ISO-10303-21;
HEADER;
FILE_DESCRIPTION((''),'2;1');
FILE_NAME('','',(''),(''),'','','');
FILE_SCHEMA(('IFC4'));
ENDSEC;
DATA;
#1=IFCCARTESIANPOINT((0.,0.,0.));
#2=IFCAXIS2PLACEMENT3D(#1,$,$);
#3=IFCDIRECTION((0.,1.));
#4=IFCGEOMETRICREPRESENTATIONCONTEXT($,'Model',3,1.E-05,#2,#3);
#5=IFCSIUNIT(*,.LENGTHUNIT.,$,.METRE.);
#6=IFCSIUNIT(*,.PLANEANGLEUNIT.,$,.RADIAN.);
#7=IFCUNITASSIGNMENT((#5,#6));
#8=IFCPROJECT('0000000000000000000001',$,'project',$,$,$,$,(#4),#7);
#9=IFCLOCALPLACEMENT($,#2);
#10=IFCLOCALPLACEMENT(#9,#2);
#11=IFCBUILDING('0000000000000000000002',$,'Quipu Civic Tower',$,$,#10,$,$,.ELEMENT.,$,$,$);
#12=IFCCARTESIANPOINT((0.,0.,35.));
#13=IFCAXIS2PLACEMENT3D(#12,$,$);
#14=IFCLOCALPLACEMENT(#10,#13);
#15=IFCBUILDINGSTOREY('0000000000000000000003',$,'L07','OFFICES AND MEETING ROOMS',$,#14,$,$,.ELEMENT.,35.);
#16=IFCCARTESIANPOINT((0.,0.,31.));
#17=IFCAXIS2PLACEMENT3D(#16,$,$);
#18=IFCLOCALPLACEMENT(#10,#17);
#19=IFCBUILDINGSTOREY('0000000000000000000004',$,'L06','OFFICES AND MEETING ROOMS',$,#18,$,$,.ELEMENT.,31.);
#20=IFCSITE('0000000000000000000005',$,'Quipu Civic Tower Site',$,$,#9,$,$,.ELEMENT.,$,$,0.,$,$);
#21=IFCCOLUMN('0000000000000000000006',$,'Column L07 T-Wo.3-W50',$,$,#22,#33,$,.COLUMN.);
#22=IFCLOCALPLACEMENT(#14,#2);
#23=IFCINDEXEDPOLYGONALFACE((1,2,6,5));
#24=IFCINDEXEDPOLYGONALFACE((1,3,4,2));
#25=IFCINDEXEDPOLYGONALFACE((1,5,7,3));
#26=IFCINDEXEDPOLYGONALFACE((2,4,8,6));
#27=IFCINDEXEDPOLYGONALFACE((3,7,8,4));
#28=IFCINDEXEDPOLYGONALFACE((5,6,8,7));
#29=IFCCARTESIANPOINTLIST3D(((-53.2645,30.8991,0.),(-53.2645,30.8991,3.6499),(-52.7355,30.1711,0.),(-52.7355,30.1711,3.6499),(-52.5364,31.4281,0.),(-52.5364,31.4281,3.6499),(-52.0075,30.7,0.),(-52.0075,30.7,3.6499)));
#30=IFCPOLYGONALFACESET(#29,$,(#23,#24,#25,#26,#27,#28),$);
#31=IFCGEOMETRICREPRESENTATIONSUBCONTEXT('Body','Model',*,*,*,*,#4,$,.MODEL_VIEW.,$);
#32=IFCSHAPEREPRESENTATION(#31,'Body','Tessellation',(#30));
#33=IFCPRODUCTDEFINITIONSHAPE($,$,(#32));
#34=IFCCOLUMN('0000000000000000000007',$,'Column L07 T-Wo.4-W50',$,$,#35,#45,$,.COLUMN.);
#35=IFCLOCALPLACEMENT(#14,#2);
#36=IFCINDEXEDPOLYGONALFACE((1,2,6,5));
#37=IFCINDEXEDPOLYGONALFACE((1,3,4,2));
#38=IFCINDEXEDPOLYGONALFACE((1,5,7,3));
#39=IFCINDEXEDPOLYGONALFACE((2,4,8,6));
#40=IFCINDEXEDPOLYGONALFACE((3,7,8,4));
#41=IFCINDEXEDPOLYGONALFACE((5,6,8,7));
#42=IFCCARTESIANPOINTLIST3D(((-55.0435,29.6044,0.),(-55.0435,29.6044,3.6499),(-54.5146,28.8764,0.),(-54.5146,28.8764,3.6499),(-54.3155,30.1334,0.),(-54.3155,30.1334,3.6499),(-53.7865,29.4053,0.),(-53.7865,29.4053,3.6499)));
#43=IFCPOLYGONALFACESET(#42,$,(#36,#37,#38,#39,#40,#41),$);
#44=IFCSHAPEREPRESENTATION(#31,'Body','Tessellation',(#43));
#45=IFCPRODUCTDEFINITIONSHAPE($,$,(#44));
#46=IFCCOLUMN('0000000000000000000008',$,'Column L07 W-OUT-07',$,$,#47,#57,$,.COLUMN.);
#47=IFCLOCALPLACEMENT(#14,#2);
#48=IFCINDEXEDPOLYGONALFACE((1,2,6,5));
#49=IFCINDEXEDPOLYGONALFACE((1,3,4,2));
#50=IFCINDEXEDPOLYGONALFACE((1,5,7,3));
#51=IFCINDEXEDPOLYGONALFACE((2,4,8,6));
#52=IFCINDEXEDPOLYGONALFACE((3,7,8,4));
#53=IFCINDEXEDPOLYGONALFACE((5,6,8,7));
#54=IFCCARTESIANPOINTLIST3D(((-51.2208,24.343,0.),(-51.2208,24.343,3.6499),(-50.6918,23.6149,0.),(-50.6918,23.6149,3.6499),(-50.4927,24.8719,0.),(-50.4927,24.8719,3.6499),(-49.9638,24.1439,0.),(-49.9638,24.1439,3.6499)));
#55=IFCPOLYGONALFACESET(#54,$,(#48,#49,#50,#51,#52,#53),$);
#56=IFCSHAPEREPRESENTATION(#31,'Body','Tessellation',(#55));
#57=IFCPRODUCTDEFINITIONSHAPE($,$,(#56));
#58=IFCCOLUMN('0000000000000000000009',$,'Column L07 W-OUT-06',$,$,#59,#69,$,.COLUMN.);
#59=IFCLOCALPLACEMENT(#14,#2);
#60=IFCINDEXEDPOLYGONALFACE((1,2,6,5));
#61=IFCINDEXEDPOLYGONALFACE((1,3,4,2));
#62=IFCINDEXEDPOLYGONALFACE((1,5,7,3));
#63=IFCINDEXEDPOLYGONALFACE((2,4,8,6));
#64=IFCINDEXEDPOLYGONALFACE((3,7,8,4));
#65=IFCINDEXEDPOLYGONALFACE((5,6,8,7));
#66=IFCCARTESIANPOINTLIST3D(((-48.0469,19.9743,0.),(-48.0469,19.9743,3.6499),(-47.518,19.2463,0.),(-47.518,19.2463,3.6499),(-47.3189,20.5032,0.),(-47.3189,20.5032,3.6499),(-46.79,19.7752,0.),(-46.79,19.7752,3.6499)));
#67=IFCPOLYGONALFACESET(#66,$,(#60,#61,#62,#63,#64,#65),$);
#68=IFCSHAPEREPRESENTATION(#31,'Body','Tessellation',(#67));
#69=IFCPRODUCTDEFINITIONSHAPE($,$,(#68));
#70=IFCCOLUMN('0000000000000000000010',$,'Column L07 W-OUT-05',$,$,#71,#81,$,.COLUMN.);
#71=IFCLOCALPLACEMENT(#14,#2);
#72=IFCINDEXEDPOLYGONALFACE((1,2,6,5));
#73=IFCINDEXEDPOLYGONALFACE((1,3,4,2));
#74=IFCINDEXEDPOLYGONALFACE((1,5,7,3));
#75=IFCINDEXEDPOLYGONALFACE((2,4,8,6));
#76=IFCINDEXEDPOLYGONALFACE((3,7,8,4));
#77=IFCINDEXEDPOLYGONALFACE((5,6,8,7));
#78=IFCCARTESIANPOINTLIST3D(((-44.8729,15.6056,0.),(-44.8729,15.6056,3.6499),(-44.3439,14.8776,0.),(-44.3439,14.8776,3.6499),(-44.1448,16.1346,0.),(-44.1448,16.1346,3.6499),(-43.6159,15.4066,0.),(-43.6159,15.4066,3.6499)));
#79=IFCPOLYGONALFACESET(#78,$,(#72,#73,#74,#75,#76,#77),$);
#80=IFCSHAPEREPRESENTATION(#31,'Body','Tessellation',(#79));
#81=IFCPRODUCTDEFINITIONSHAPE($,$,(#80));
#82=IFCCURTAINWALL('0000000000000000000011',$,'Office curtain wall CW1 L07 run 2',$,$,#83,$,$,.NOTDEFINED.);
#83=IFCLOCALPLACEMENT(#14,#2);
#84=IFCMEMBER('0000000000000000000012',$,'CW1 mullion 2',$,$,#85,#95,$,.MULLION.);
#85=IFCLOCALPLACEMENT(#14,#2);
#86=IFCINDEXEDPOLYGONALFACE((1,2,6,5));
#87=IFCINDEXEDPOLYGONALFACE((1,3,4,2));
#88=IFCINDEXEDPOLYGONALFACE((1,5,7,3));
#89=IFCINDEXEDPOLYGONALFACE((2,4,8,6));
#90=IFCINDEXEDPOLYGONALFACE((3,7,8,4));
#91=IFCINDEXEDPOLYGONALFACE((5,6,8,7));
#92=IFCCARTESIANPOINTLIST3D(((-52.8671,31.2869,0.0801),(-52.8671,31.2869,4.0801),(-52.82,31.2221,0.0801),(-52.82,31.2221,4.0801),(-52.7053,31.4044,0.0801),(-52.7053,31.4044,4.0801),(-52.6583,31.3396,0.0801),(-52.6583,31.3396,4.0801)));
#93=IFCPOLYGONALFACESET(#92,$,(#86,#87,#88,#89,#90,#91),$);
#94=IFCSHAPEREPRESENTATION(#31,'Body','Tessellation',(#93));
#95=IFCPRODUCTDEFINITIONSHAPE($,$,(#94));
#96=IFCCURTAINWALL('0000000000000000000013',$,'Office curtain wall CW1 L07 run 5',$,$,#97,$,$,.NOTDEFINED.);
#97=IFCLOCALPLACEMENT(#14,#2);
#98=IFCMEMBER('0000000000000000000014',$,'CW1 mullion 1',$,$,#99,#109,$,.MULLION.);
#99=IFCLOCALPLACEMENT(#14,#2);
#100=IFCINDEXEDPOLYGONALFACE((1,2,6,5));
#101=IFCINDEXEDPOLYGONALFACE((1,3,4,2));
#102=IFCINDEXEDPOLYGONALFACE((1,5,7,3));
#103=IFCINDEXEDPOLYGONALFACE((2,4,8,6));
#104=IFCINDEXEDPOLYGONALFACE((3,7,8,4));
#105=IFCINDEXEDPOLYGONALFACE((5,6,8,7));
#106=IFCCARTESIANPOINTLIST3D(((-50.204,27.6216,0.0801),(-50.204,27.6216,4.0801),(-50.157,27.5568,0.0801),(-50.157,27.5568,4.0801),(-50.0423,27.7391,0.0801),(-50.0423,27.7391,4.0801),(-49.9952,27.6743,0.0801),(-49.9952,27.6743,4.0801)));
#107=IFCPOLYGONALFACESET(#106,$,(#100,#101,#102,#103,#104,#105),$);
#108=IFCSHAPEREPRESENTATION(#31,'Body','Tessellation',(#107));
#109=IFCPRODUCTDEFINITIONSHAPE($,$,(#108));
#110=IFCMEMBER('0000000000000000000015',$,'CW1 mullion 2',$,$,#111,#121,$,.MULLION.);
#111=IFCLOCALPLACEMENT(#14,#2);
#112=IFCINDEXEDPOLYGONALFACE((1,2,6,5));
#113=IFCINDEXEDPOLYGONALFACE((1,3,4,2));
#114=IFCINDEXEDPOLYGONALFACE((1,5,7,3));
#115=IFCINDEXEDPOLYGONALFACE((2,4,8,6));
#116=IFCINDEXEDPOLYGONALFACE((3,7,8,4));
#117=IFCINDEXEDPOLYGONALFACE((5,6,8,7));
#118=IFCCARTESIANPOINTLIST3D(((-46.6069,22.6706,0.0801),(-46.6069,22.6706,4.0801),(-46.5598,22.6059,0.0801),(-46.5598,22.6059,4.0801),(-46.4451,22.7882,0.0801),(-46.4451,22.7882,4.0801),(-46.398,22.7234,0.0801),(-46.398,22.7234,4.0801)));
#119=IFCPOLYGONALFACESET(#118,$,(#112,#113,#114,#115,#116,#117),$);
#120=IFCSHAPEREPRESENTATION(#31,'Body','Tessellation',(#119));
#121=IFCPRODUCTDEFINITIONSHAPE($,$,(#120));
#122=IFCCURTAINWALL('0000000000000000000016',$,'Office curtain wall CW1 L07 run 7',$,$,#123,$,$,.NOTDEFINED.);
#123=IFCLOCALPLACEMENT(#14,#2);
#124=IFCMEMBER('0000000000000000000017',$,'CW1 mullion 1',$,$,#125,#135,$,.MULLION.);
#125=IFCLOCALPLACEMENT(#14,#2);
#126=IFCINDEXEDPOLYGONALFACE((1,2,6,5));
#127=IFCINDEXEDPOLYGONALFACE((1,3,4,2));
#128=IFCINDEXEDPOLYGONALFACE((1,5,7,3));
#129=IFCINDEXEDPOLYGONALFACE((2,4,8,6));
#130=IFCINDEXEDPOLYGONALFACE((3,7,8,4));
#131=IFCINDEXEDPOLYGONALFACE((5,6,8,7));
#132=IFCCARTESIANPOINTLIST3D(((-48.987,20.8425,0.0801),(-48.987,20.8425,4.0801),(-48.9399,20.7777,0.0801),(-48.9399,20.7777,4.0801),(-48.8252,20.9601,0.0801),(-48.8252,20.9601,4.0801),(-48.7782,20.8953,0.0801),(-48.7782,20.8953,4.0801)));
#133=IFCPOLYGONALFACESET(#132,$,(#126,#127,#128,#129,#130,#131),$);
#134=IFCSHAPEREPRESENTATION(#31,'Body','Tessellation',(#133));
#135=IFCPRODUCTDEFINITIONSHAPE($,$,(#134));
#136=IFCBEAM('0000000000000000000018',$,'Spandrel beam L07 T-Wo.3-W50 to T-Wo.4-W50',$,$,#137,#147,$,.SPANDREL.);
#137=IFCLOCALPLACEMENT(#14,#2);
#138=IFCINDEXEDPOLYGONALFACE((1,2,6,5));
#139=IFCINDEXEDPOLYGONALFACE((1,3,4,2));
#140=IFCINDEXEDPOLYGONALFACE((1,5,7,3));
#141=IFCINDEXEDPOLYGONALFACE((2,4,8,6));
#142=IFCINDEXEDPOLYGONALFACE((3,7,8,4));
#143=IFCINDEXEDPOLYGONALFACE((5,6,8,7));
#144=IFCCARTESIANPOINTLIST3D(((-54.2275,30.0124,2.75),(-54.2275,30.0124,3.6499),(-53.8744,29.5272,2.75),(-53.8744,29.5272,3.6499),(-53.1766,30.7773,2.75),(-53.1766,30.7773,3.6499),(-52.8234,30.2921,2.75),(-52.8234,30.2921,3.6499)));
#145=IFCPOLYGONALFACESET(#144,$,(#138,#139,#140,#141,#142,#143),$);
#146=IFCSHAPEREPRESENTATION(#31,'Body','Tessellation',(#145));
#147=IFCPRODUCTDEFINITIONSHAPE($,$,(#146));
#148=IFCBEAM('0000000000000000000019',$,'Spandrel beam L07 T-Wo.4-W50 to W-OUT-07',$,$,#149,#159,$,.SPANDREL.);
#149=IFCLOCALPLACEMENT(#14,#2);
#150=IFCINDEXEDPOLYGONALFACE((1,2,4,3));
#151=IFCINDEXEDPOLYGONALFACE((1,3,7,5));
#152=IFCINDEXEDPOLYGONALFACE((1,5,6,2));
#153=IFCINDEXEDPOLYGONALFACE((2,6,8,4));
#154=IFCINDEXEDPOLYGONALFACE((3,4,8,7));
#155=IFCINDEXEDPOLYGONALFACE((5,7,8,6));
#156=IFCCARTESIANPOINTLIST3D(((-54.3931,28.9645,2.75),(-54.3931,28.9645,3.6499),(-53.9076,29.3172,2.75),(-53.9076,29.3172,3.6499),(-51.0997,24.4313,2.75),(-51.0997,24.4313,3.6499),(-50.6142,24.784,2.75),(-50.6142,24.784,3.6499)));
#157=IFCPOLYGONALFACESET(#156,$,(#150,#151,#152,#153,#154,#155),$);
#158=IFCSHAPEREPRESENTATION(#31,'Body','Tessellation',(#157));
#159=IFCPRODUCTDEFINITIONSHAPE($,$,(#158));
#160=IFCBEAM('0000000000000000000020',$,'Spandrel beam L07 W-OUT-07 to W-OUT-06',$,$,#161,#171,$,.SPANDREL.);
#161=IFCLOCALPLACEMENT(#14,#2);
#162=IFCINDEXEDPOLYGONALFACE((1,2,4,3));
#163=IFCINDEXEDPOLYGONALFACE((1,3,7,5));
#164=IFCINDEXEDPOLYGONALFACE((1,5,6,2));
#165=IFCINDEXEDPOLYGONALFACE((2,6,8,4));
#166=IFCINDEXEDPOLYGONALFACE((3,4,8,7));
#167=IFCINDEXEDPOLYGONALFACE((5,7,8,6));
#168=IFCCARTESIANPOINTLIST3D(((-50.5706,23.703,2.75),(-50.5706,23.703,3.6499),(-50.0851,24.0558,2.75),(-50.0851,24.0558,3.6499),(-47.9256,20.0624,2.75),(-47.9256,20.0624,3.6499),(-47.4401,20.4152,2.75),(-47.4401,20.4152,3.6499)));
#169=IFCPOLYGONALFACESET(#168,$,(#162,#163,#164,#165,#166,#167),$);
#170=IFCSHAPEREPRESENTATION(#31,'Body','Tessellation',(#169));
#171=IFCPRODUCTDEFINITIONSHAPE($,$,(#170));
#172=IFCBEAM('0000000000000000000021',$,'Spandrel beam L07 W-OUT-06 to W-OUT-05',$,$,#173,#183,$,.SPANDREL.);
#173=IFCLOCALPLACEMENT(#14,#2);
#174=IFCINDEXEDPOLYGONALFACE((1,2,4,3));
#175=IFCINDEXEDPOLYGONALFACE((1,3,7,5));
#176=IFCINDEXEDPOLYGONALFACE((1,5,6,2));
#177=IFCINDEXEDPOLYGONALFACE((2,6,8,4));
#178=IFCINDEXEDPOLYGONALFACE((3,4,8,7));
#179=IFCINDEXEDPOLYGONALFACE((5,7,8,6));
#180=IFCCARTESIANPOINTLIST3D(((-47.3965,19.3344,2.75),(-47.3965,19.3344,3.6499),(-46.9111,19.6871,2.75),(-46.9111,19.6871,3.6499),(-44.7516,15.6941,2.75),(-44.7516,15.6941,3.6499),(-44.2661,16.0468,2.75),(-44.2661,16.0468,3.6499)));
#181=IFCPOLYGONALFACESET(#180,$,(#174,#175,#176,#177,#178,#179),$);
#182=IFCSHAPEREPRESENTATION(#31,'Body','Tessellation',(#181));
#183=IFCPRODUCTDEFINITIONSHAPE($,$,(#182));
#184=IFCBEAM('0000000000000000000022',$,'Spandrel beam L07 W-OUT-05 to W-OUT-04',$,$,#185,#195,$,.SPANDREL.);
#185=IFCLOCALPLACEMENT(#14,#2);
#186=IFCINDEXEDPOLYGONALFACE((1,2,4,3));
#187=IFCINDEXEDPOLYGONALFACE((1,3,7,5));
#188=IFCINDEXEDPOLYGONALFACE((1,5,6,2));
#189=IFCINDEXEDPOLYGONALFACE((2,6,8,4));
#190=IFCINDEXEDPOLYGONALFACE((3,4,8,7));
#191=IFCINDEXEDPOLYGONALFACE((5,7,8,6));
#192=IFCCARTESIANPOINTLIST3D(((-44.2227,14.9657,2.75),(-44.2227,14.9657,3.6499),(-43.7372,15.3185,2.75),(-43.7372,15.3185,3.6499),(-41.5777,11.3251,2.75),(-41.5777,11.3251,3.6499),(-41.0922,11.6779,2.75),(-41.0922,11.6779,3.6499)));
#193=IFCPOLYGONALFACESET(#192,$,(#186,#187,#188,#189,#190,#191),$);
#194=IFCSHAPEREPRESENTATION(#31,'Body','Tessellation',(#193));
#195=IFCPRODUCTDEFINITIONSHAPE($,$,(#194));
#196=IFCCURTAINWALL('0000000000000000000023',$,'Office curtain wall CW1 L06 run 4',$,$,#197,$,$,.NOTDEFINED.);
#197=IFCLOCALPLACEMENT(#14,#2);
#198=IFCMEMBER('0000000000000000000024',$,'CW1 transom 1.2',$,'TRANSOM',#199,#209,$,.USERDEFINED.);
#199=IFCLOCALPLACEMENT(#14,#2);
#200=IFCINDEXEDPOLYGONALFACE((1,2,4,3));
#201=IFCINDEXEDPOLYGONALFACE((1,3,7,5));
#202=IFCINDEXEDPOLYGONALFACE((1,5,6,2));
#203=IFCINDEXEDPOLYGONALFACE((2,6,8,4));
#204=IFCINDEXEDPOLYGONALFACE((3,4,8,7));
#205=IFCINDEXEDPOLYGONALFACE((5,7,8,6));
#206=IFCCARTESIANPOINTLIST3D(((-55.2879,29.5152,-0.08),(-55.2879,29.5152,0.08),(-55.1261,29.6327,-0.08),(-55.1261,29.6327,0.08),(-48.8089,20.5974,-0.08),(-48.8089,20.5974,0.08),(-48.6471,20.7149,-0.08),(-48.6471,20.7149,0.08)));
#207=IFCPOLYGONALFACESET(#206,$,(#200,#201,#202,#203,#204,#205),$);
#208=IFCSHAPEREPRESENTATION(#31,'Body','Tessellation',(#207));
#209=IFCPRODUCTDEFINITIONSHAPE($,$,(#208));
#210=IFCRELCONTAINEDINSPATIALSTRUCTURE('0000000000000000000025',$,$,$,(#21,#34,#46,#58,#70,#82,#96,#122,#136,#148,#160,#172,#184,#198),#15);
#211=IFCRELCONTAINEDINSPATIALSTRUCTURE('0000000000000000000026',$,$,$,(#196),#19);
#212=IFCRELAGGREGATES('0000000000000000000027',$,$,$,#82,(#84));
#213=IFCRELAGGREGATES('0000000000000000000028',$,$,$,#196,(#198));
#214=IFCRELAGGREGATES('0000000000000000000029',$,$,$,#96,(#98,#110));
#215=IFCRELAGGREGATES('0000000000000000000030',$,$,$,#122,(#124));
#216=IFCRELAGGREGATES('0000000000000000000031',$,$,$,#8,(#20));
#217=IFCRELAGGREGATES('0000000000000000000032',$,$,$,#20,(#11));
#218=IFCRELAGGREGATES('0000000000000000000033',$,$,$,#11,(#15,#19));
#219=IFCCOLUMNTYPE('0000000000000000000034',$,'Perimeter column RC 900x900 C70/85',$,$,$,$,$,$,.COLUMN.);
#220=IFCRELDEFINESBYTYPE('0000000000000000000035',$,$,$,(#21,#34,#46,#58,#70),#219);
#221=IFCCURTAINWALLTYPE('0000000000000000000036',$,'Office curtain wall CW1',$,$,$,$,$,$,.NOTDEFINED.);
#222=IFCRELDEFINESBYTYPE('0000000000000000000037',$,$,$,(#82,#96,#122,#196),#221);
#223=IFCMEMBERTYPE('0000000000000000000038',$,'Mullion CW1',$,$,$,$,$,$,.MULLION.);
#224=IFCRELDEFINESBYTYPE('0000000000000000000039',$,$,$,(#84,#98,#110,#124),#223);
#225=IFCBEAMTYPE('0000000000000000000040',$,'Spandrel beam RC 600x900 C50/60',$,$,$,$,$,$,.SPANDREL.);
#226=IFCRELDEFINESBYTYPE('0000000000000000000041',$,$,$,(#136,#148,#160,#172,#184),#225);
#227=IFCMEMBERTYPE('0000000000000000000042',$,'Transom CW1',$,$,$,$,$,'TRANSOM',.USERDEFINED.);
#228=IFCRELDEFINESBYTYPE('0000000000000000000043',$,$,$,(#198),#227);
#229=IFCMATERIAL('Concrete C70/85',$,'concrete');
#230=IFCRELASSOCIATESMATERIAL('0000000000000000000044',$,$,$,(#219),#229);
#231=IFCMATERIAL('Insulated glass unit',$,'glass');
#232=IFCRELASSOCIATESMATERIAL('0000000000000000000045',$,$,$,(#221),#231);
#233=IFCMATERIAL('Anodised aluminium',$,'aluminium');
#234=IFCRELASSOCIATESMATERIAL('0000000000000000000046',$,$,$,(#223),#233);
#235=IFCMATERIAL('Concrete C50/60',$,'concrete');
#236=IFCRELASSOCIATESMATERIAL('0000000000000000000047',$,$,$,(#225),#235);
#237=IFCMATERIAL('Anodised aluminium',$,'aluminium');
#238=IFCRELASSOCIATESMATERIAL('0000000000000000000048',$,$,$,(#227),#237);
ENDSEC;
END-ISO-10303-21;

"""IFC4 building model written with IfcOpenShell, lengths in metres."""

from ifc_helpers import new_model, si_unit, direction, frame, origin, origin_2d, place, context, subcontext, project, spatial, rectangle, extrude, material, material_profile, profile_set, type_object, element, aggregate, save


model = new_model("IFC4")

# Units and contexts
model_context = context("Model", 3, precision=1e-05, world=origin(), true_north=direction((0.0, 1.0)))
body_context = subcontext(model_context, "Body", "Model", "MODEL_VIEW")
ifc_project = project(units=[si_unit("LENGTHUNIT", "METRE"), si_unit("PLANEANGLEUNIT", "RADIAN")], contexts=[model_context])

# Site, building, storey
site_placement = place(None, origin())
site = spatial("IfcSite", under=ifc_project, at=site_placement, Name="Quipu Civic Tower Site", CompositionType="ELEMENT", RefElevation=0.0)
building_placement = place(site_placement, origin())
building = spatial("IfcBuilding", under=site, at=building_placement, Name="Quipu Civic Tower", CompositionType="ELEMENT")
storey_1_placement = place(building_placement, frame((0.0, 0.0, 35.0)))
storey_1 = spatial("IfcBuildingStorey", under=building, at=storey_1_placement, Name="L07", Description="OFFICES AND MEETING ROOMS", CompositionType="ELEMENT", Elevation=35.0)

# Columns
ifc_material_1 = material(Name="Concrete C70/85", Category="concrete")
ifc_material_profile_1 = material_profile(ifc_material_1, rectangle(XDim=0.8999, YDim=0.8999, at=origin_2d()), Name="RC900x900")
ifc_profile_set_1 = profile_set([ifc_material_profile_1], Name="Concrete C70/85")
column_type = type_object("IfcColumnType", Name="Perimeter column RC 900x900 C70/85", PredefinedType="COLUMN", material=ifc_profile_set_1)
for number, where, z_axis, x_axis, name in (
    (1, (-52.636, 30.7996, 0.0), (0.0, 0.0, 1.0), (-0.809017, -0.587785, 0.0), "Column L07 T-Wo.3-W50"),
    (2, (-54.415, 29.5049, 0.0), (0.0, 0.0, 1.0), (0.587785, -0.809017, 0.0), "Column L07 T-Wo.4-W50"),
    (3, (-50.5923, 24.2434, 0.0), (0.0, 0.0, 1.0), (0.587785, -0.809017, 0.0), "Column L07 W-OUT-07"),
    (4, (-47.4185, 19.8748, 0.0), (0.0, 0.0, 1.0), (0.587785, -0.809017, 0.0), "Column L07 W-OUT-06"),
    (5, (-44.2444, 15.5061, 0.0), (0.0, 0.0, 1.0), (0.587785, -0.809017, 0.0), "Column L07 W-OUT-05"),
):
    element("IfcColumn", number, at=place(storey_1_placement, frame(where, z_axis=z_axis, x_axis=x_axis)), inside=storey_1, type_object=column_type, Name=name, PredefinedType="COLUMN", context=body_context, shape_type="SweptSolid", body=[
        extrude(rectangle(XDim=0.8999, YDim=0.8999, at=origin_2d()), origin(), (0.0, 0.0, 1.0), 3.6499),
    ])

# Curtain wall, member
ifc_material_2 = material(Name="Insulated glass unit", Category="glass")
curtain_wall_type = type_object("IfcCurtainWallType", Name="Office curtain wall CW1", PredefinedType="NOTDEFINED", material=ifc_material_2)
curtain_wall_1_placement = place(storey_1_placement, origin())
curtain_wall_1 = element("IfcCurtainWall", 6, at=curtain_wall_1_placement, inside=storey_1, type_object=curtain_wall_type, Name="Office curtain wall CW1 L07 run 2", PredefinedType="NOTDEFINED")
ifc_material_3 = material(Name="Anodised aluminium", Category="aluminium")
ifc_material_profile_2 = material_profile(ifc_material_3, rectangle(XDim=0.2, YDim=0.0801, at=origin_2d()), Name="RECT 200x80")
ifc_profile_set_2 = profile_set([ifc_material_profile_2], Name="Anodised aluminium")
member_type_1 = type_object("IfcMemberType", Name="Mullion CW1", PredefinedType="MULLION", material=ifc_profile_set_2)
member_1_placement = place(storey_1_placement, frame((-52.7627, 31.3132, 0.0801), z_axis=(0.0, 0.0, 1.0), x_axis=(0.809015, 0.587788, 0.0)))
member_1 = element("IfcMember", 7, at=member_1_placement, type_object=member_type_1, Name="CW1 mullion 2", PredefinedType="MULLION", context=body_context, shape_type="SweptSolid", body=[
    extrude(rectangle(XDim=0.2, YDim=0.0801, at=origin_2d()), origin(), (0.0, 0.0, 1.0), 4.0),
])
aggregate(curtain_wall_1, [member_1])

# Curtain wall, members
curtain_wall_2_placement = place(storey_1_placement, origin())
curtain_wall_2 = element("IfcCurtainWall", 8, at=curtain_wall_2_placement, inside=storey_1, type_object=curtain_wall_type, Name="Office curtain wall CW1 L07 run 5", PredefinedType="NOTDEFINED")
member_2_placement = place(storey_1_placement, frame((-50.0996, 27.6479, 0.0801), z_axis=(0.0, 0.0, 1.0), x_axis=(0.809016, 0.587786, 0.0)))
member_2 = element("IfcMember", 9, at=member_2_placement, type_object=member_type_1, Name="CW1 mullion 1", PredefinedType="MULLION", context=body_context, shape_type="SweptSolid", body=[
    extrude(rectangle(XDim=0.2, YDim=0.0801, at=origin_2d()), origin(), (0.0, 0.0, 1.0), 4.0),
])
member_3_placement = place(storey_1_placement, frame((-46.5024, 22.697, 0.0801), z_axis=(0.0, 0.0, 1.0), x_axis=(0.809016, 0.587786, 0.0)))
member_3 = element("IfcMember", 10, at=member_3_placement, type_object=member_type_1, Name="CW1 mullion 2", PredefinedType="MULLION", context=body_context, shape_type="SweptSolid", body=[
    extrude(rectangle(XDim=0.2, YDim=0.0801, at=origin_2d()), origin(), (0.0, 0.0, 1.0), 4.0),
])

# Curtain wall, member
curtain_wall_3_placement = place(storey_1_placement, origin())
curtain_wall_3 = element("IfcCurtainWall", 11, at=curtain_wall_3_placement, inside=storey_1, type_object=curtain_wall_type, Name="Office curtain wall CW1 L07 run 7", PredefinedType="NOTDEFINED")
member_4_placement = place(storey_1_placement, frame((-48.8826, 20.8689, 0.0801), z_axis=(0.0, 0.0, 1.0), x_axis=(0.809017, 0.587786, 0.0)))
member_4 = element("IfcMember", 12, at=member_4_placement, type_object=member_type_1, Name="CW1 mullion 1", PredefinedType="MULLION", context=body_context, shape_type="SweptSolid", body=[
    extrude(rectangle(XDim=0.2, YDim=0.0801, at=origin_2d()), origin(), (0.0, 0.0, 1.0), 4.0),
])

# Beams
ifc_material_4 = material(Name="Concrete C50/60", Category="concrete")
ifc_material_profile_3 = material_profile(ifc_material_4, rectangle(XDim=0.6001, YDim=0.8999, at=origin_2d()), Name="RC600x900")
ifc_profile_set_3 = profile_set([ifc_material_profile_3], Name="Concrete C50/60")
beam_type = type_object("IfcBeamType", Name="Spandrel beam RC 600x900 C50/60", PredefinedType="SPANDREL", material=ifc_profile_set_3)
beam_1_placement = place(storey_1_placement, frame((-53.0, 30.5347, 3.2), z_axis=(-0.808549, -0.588429, 0.0), x_axis=(0.588429, -0.808549, 0.0)))
element("IfcBeam", 13, at=beam_1_placement, inside=storey_1, type_object=beam_type, Name="Spandrel beam L07 T-Wo.3-W50 to T-Wo.4-W50", PredefinedType="SPANDREL", context=body_context, shape_type="SweptSolid", body=[
    extrude(rectangle(XDim=0.6001, YDim=0.8999, at=origin_2d()), origin(), (0.0, 0.0, 1.0), 1.2998),
])
beam_2_placement = place(storey_1_placement, frame((-54.1504, 29.1409, 3.2), z_axis=(0.587773, -0.809026, 0.0), x_axis=(0.809026, 0.587773, 0.0)))
element("IfcBeam", 14, at=beam_2_placement, inside=storey_1, type_object=beam_type, Name="Spandrel beam L07 T-Wo.4-W50 to W-OUT-07", PredefinedType="SPANDREL", context=body_context, shape_type="SweptSolid", body=[
    extrude(rectangle(XDim=0.6001, YDim=0.8999, at=origin_2d()), origin(), (0.0, 0.0, 1.0), 5.6033),
])
beam_3_placement = place(storey_1_placement, frame((-50.3279, 23.8794, 3.2), z_axis=(0.587778, -0.809022, 0.0), x_axis=(0.809022, 0.587778, 0.0)))
element("IfcBeam", 15, at=beam_3_placement, inside=storey_1, type_object=beam_type, Name="Spandrel beam L07 W-OUT-07 to W-OUT-06", PredefinedType="SPANDREL", context=body_context, shape_type="SweptSolid", body=[
    extrude(rectangle(XDim=0.6001, YDim=0.8999, at=origin_2d()), origin(), (0.0, 0.0, 1.0), 4.5),
])
beam_4_placement = place(storey_1_placement, frame((-47.1538, 19.5107, 3.2), z_axis=(0.587804, -0.809003, 0.0), x_axis=(0.809003, 0.587804, 0.0)))
element("IfcBeam", 16, at=beam_4_placement, inside=storey_1, type_object=beam_type, Name="Spandrel beam L07 W-OUT-06 to W-OUT-05", PredefinedType="SPANDREL", context=body_context, shape_type="SweptSolid", body=[
    extrude(rectangle(XDim=0.6001, YDim=0.8999, at=origin_2d()), origin(), (0.0, 0.0, 1.0), 4.4998),
])
beam_5_placement = place(storey_1_placement, frame((-43.98, 15.1421, 3.2), z_axis=(0.587778, -0.809022, 0.0), x_axis=(0.809022, 0.587778, 0.0)))
element("IfcBeam", 17, at=beam_5_placement, inside=storey_1, type_object=beam_type, Name="Spandrel beam L07 W-OUT-05 to W-OUT-04", PredefinedType="SPANDREL", context=body_context, shape_type="SweptSolid", body=[
    extrude(rectangle(XDim=0.6001, YDim=0.8999, at=origin_2d()), origin(), (0.0, 0.0, 1.0), 4.5),
])

# Shared definitions
storey_2_placement = place(building_placement, frame((0.0, 0.0, 31.0)))
storey_2 = spatial("IfcBuildingStorey", under=building, at=storey_2_placement, Name="L06", Description="OFFICES AND MEETING ROOMS", CompositionType="ELEMENT", Elevation=31.0)

# Curtain wall, member
curtain_wall_4_placement = place(storey_2_placement, origin())
curtain_wall_4 = element("IfcCurtainWall", 18, at=curtain_wall_4_placement, inside=storey_2, type_object=curtain_wall_type, Name="Office curtain wall CW1 L06 run 4", PredefinedType="NOTDEFINED")
ifc_material_5 = material(Name="Anodised aluminium", Category="aluminium")
ifc_material_profile_4 = material_profile(ifc_material_5, rectangle(XDim=0.2, YDim=0.1599, at=origin_2d()), Name="RECT 200x160")
ifc_profile_set_4 = profile_set([ifc_material_profile_4], Name="Anodised aluminium")
member_type_2 = type_object("IfcMemberType", Name="Transom CW1", ElementType="TRANSOM", PredefinedType="USERDEFINED", material=ifc_profile_set_4)
member_5_placement = place(storey_1_placement, frame((-55.207, 29.574, 0.0), z_axis=(0.587779, -0.809021, 0.0), x_axis=(0.809021, 0.587779, 0.0)))
member_5 = element("IfcMember", 19, at=member_5_placement, inside=storey_1, type_object=member_type_2, Name="CW1 transom 1.2", ObjectType="TRANSOM", PredefinedType="USERDEFINED", context=body_context, shape_type="SweptSolid", body=[
    extrude(rectangle(XDim=0.2, YDim=0.1599, at=origin_2d()), origin(), (0.0, 0.0, 1.0), 11.0229),
])
aggregate(curtain_wall_4, [member_5])

aggregate(curtain_wall_2, [member_2, member_3])
aggregate(curtain_wall_3, [member_4])

save(model, "model.ifc")
